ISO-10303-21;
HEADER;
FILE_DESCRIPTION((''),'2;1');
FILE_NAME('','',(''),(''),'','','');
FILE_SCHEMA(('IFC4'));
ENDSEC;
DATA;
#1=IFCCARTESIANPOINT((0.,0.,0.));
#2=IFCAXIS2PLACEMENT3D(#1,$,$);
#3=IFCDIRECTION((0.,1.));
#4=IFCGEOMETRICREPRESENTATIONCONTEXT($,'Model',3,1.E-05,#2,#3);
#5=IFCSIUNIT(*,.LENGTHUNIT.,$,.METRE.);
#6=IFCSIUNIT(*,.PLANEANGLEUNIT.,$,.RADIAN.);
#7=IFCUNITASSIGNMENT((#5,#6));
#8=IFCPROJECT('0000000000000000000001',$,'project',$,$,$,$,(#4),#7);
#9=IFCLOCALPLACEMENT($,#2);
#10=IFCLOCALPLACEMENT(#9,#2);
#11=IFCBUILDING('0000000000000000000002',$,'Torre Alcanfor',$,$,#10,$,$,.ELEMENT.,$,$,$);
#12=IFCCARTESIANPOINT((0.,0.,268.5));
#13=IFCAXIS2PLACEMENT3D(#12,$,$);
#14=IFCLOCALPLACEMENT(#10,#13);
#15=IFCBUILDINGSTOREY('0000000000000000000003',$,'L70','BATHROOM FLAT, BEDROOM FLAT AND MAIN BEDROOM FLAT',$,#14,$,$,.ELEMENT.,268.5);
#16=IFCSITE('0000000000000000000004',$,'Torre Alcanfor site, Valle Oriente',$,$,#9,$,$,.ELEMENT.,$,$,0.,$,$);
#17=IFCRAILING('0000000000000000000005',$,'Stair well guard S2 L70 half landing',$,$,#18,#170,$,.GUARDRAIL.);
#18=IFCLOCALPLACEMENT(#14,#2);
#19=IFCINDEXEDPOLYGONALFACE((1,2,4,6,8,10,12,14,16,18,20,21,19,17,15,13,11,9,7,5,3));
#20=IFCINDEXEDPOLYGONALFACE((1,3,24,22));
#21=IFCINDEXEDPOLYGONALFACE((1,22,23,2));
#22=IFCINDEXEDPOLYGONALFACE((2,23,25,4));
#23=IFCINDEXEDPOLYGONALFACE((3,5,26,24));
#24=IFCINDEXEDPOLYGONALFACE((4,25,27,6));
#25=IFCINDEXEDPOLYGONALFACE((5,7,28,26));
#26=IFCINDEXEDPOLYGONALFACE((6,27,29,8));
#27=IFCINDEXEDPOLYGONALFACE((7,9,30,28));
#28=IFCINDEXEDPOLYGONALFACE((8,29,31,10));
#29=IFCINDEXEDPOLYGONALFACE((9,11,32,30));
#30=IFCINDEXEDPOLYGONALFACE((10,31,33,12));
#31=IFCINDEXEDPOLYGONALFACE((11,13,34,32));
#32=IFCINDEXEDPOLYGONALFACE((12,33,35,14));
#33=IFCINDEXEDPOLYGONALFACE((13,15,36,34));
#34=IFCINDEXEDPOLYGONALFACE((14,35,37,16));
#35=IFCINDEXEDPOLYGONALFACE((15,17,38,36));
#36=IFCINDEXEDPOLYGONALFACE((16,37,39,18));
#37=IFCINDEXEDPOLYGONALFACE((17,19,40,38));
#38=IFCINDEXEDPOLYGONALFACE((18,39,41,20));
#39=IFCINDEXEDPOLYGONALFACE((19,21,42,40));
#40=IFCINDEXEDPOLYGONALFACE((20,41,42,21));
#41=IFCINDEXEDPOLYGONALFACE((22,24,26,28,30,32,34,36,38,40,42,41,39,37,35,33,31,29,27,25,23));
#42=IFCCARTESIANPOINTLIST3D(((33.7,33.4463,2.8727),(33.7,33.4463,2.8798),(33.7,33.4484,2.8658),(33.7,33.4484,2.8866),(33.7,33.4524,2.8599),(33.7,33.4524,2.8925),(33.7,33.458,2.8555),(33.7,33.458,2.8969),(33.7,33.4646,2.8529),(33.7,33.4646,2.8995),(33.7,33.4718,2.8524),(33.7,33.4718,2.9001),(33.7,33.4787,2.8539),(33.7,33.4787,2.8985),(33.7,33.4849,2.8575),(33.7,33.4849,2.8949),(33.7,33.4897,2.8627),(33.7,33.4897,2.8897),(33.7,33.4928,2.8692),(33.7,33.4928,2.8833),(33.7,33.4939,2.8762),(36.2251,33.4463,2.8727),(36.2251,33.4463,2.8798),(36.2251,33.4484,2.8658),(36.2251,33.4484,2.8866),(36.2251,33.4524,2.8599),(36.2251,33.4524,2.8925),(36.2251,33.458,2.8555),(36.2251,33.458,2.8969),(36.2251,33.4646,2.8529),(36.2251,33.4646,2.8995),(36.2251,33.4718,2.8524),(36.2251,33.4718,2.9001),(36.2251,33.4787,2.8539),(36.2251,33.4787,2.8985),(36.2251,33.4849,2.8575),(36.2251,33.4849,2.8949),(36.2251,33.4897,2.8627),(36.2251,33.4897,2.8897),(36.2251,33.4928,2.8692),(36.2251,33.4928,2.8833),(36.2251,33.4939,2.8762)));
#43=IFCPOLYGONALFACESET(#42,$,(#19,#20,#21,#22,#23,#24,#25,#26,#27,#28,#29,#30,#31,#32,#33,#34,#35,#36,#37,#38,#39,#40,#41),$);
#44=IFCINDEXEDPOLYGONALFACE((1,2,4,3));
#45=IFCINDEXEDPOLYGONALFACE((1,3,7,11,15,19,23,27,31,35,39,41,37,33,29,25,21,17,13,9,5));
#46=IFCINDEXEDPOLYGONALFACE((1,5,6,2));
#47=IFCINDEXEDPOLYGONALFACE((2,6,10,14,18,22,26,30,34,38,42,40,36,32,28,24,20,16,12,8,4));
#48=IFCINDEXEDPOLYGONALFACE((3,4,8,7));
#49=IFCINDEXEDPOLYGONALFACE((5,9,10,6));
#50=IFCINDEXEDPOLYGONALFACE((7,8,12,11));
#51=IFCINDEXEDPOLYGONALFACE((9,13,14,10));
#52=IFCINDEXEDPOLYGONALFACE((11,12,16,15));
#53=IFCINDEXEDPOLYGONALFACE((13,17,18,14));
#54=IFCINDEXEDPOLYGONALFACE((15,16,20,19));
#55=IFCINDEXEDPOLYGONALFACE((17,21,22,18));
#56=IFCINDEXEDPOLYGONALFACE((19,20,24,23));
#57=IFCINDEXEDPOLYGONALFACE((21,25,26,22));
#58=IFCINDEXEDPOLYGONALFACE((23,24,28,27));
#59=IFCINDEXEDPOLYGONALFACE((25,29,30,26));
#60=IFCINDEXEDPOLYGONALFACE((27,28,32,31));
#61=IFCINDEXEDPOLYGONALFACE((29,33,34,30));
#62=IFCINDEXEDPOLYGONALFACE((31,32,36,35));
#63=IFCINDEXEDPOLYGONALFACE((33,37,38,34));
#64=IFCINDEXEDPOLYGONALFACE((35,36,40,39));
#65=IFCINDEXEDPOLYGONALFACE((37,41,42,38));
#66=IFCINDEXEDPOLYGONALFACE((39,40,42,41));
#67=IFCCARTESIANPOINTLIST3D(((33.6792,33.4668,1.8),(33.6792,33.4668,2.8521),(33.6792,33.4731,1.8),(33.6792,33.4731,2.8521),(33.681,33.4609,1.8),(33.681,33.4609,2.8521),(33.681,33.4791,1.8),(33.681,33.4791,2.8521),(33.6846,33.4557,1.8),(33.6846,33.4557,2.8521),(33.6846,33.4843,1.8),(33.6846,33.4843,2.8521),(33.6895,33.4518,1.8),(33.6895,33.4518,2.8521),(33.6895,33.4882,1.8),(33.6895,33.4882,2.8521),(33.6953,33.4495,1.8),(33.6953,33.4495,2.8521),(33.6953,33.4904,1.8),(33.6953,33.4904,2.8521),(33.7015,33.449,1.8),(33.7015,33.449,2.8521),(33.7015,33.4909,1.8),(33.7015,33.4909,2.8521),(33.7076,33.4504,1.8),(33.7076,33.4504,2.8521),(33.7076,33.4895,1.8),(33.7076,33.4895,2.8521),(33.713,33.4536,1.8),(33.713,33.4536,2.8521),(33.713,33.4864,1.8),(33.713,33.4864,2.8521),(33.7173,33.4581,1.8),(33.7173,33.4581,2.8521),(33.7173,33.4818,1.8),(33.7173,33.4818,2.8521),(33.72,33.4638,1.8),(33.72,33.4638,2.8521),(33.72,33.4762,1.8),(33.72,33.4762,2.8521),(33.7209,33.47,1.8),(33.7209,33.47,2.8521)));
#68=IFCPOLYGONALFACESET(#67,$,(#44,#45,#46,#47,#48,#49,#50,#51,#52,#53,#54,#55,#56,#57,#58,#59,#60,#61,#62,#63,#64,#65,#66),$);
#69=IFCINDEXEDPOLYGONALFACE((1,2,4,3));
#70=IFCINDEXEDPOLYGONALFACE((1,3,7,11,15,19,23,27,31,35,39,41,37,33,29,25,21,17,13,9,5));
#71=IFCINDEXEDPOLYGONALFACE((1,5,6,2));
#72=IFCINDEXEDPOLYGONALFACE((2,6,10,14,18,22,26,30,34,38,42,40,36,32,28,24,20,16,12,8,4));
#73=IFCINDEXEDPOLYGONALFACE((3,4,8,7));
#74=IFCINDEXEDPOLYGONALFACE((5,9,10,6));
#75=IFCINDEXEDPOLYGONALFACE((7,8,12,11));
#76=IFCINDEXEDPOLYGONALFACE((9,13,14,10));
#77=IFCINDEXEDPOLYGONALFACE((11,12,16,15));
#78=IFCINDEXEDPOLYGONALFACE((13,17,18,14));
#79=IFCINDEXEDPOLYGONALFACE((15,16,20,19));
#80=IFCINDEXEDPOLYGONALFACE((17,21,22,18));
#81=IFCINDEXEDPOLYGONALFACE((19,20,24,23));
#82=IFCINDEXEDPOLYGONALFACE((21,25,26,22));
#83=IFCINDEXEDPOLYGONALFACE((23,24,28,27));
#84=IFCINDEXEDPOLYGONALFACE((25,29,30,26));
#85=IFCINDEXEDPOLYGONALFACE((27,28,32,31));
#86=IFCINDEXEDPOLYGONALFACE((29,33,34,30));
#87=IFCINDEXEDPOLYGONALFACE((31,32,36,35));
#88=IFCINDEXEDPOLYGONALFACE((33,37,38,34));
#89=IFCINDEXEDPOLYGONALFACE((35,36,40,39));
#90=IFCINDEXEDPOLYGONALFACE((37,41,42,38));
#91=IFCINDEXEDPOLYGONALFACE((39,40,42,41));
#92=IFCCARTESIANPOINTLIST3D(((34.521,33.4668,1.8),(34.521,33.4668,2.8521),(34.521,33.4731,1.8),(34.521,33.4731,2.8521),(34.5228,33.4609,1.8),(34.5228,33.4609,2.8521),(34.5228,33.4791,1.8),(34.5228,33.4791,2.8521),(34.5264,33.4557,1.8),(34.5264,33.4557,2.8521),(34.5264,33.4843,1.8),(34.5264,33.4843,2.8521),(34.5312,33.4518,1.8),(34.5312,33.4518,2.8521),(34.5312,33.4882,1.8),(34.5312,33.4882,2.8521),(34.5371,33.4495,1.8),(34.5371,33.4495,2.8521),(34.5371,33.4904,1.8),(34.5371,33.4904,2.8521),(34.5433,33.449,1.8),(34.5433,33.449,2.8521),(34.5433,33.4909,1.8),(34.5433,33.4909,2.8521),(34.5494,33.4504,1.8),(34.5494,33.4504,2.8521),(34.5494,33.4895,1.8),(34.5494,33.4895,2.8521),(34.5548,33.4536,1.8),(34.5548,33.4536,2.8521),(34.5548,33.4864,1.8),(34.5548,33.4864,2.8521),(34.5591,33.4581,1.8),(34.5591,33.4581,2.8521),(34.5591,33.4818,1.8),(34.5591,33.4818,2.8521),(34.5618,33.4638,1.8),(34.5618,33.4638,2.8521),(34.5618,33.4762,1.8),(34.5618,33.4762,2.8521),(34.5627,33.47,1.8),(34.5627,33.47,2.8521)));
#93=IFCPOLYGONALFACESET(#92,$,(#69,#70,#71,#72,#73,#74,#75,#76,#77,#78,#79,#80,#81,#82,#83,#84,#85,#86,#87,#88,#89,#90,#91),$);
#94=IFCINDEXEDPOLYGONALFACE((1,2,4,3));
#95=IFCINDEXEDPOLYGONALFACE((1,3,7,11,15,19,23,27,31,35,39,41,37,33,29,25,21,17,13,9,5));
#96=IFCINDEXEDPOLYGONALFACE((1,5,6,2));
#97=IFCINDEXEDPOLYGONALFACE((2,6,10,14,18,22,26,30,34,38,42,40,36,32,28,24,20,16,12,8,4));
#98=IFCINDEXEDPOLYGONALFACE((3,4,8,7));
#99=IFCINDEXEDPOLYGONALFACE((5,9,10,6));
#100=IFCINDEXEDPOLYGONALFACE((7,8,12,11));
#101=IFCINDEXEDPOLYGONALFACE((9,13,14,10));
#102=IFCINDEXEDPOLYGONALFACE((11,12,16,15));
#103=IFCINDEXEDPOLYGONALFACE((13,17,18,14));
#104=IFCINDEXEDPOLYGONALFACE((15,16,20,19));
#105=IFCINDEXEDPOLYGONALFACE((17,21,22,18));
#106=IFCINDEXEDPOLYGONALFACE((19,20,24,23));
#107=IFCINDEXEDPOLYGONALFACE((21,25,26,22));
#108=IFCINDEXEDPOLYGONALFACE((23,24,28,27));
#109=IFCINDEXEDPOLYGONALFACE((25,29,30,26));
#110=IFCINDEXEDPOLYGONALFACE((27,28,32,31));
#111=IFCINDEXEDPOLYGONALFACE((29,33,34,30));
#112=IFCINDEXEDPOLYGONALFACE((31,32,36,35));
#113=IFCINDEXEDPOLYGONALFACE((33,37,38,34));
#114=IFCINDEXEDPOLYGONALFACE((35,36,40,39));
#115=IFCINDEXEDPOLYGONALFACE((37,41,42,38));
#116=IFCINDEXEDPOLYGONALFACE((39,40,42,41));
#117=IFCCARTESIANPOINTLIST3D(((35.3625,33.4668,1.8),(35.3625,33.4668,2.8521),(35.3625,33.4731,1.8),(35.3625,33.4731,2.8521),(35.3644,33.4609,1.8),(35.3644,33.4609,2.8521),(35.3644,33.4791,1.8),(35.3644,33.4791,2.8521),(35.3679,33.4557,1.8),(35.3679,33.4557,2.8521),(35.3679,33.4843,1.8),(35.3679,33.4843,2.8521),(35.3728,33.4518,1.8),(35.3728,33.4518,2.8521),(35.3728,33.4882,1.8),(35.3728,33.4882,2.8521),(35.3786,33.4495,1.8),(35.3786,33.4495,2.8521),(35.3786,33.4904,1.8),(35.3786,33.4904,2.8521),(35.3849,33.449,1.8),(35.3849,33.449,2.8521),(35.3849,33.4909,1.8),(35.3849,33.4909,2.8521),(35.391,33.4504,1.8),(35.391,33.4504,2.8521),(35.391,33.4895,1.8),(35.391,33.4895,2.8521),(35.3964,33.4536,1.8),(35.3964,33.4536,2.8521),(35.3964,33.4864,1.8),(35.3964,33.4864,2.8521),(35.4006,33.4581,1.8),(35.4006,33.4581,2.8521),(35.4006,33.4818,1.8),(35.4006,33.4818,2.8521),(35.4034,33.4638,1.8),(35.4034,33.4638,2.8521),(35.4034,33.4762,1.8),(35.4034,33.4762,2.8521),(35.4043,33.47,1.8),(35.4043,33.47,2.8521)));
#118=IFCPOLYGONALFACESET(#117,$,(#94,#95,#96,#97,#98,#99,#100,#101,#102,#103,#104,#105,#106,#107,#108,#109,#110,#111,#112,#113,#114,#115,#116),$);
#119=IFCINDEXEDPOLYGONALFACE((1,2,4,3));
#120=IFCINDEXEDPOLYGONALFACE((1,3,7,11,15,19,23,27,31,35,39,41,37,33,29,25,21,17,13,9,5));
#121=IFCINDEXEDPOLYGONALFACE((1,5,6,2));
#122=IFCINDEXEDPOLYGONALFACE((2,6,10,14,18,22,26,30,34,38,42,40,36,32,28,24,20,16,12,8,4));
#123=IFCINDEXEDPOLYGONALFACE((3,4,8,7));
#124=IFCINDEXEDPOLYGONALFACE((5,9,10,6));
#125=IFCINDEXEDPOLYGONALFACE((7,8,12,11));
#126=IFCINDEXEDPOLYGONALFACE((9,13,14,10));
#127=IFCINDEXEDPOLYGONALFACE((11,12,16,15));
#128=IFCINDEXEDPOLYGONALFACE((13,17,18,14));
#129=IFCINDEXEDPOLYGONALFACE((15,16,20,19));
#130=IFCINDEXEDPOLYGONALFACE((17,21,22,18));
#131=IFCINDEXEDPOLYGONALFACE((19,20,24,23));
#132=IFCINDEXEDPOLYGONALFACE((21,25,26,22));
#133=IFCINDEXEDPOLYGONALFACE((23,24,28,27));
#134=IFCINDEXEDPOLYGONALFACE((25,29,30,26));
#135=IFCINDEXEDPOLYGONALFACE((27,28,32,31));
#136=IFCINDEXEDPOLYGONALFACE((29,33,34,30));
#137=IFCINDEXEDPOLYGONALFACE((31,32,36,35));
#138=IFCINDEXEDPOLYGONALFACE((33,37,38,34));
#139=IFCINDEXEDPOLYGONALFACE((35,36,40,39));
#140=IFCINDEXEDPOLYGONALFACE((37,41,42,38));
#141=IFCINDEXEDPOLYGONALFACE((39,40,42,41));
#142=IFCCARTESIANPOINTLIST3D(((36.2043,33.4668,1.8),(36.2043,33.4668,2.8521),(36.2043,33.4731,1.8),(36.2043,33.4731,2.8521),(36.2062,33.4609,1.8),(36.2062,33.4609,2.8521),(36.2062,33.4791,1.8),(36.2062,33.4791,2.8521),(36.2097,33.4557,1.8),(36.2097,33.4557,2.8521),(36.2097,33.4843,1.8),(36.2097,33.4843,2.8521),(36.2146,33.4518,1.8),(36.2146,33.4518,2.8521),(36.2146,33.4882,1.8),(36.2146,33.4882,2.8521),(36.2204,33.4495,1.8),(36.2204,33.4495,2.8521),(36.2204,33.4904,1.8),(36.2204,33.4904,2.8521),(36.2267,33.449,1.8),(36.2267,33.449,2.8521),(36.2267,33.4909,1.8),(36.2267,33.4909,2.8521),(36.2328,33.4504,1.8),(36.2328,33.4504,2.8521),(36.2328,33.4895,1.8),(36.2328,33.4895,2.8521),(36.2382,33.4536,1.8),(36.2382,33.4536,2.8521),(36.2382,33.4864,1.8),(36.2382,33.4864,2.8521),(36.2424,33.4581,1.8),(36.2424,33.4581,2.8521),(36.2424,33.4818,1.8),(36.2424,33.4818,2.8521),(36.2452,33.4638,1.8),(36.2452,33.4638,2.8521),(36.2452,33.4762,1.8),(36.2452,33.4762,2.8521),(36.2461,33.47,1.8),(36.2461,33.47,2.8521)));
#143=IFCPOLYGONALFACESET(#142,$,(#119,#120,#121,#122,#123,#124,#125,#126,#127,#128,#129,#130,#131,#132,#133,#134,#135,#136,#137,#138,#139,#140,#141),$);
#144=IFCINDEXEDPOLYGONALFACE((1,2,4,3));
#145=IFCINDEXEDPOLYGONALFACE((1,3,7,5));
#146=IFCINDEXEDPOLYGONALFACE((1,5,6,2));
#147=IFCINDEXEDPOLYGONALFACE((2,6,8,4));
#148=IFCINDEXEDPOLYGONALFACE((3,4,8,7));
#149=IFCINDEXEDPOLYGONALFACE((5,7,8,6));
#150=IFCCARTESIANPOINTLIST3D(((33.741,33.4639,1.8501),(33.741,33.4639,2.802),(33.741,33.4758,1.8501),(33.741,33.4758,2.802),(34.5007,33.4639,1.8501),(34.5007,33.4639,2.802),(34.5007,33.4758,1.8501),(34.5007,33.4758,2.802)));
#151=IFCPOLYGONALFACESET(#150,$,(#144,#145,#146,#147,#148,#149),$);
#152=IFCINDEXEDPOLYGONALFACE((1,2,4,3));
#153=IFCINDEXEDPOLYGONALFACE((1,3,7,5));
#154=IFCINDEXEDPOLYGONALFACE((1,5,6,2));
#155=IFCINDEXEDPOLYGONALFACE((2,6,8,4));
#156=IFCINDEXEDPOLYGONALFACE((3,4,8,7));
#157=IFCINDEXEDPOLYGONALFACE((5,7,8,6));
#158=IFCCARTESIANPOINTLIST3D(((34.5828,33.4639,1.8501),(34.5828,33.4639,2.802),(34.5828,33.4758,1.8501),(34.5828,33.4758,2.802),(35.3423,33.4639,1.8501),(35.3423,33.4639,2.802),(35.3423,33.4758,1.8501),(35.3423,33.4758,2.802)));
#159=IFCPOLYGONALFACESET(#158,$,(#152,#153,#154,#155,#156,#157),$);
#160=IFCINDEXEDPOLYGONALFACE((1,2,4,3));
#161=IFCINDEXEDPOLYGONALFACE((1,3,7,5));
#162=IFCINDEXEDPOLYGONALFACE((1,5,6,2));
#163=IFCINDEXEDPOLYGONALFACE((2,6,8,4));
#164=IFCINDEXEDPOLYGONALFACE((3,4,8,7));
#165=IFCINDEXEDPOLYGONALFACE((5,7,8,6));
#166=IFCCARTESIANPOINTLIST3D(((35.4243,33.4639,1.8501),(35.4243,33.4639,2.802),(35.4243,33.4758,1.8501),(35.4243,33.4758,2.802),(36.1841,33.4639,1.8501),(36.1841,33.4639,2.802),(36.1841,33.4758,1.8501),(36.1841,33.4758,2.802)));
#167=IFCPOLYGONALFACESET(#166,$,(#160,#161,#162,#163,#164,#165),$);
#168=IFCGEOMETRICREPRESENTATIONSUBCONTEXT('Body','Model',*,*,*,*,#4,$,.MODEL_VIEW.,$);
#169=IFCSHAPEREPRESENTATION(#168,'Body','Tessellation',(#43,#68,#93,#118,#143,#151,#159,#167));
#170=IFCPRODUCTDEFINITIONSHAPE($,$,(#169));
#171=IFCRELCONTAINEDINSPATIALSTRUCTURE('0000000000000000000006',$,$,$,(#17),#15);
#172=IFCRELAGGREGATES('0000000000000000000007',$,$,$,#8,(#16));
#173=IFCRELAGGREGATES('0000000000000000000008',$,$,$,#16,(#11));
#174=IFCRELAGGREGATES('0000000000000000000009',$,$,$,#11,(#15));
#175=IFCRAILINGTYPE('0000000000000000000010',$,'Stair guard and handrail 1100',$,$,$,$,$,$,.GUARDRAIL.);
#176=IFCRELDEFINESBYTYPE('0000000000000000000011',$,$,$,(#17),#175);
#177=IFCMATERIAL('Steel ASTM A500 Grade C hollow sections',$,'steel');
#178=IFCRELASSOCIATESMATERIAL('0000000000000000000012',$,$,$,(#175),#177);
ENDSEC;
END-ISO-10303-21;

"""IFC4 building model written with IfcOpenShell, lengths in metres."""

from ifc_helpers import new_model, si_unit, direction, frame, origin, origin_2d, place, context, subcontext, project, spatial, polyline, circle, outline, extrude, material, type_object, element, save


model = new_model("IFC4")

# Units and contexts
model_context = context("Model", 3, precision=1e-05, world=origin(), true_north=direction((0.0, 1.0)))
body_context = subcontext(model_context, "Body", "Model", "MODEL_VIEW")
ifc_project = project(units=[si_unit("LENGTHUNIT", "METRE"), si_unit("PLANEANGLEUNIT", "RADIAN")], contexts=[model_context])

# Site, building, storey
site_placement = place(None, origin())
site = spatial("IfcSite", under=ifc_project, at=site_placement, Name="Torre Alcanfor site, Valle Oriente", CompositionType="ELEMENT", RefElevation=0.0)
building_placement = place(site_placement, origin())
building = spatial("IfcBuilding", under=site, at=building_placement, Name="Torre Alcanfor", CompositionType="ELEMENT")
storey_placement = place(building_placement, frame((0.0, 0.0, 268.5)))
storey = spatial("IfcBuildingStorey", under=building, at=storey_placement, Name="L70", Description="BATHROOM FLAT, BEDROOM FLAT AND MAIN BEDROOM FLAT", CompositionType="ELEMENT", Elevation=268.5)

# Railing
ifc_material_1 = material(Name="Steel ASTM A500 Grade C hollow sections", Category="steel")
railing_type_1 = type_object("IfcRailingType", Name="Stair guard and handrail 1100", PredefinedType="GUARDRAIL", material=ifc_material_1)
for number, where, name in (
    (1, (33.7, 33.47, 1.8), "Stair well guard S2 L70 half landing"),
):
    element("IfcRailing", number, at=place(storey_placement, frame(where)), inside=storey, type_object=railing_type_1, Name=name, PredefinedType="GUARDRAIL", context=body_context, shape_type="SweptSolid", body=[
        extrude(circle(Radius=0.0239, at=origin_2d()), frame((0.0, 0.0, 1.0762), z_axis=(1.0, 0.0, 0.0), x_axis=(0.0, 1.0, 0.0)), (0.0, 0.0, 1.0), 2.5251),
        extrude(circle(Radius=0.021, at=origin_2d()), origin(), (0.0, 0.0, 1.0), 1.052),
        extrude(circle(Radius=0.021, at=origin_2d()), frame((0.8418, 0.0, 0.0)), (0.0, 0.0, 1.0), 1.052),
        extrude(circle(Radius=0.021, at=origin_2d()), frame((1.6833, 0.0, 0.0)), (0.0, 0.0, 1.0), 1.052),
        extrude(circle(Radius=0.021, at=origin_2d()), frame((2.5251, 0.0, 0.0)), (0.0, 0.0, 1.0), 1.052),
        extrude(outline(polyline([(0.041, 0.05), (0.8008, 0.05), (0.8008, 1.002), (0.041, 1.002), (0.041, 0.05)])), frame((0.0, 0.0059, 0.0), z_axis=(0.0, -1.0, 0.0), x_axis=(1.0, 0.0, 0.0)), (0.0, 0.0, 1.0), 0.012),
        extrude(outline(polyline([(0.8828, 0.05), (1.6423, 0.05), (1.6423, 1.002), (0.8828, 1.002), (0.8828, 0.05)])), frame((0.0, 0.0059, 0.0), z_axis=(0.0, -1.0, 0.0), x_axis=(1.0, 0.0, 0.0)), (0.0, 0.0, 1.0), 0.012),
        extrude(outline(polyline([(1.7244, 0.05), (2.4841, 0.05), (2.4841, 1.002), (1.7244, 1.002), (1.7244, 0.05)])), frame((0.0, 0.0059, 0.0), z_axis=(0.0, -1.0, 0.0), x_axis=(1.0, 0.0, 0.0)), (0.0, 0.0, 1.0), 0.012),
    ])

save(model, "model.ifc")
